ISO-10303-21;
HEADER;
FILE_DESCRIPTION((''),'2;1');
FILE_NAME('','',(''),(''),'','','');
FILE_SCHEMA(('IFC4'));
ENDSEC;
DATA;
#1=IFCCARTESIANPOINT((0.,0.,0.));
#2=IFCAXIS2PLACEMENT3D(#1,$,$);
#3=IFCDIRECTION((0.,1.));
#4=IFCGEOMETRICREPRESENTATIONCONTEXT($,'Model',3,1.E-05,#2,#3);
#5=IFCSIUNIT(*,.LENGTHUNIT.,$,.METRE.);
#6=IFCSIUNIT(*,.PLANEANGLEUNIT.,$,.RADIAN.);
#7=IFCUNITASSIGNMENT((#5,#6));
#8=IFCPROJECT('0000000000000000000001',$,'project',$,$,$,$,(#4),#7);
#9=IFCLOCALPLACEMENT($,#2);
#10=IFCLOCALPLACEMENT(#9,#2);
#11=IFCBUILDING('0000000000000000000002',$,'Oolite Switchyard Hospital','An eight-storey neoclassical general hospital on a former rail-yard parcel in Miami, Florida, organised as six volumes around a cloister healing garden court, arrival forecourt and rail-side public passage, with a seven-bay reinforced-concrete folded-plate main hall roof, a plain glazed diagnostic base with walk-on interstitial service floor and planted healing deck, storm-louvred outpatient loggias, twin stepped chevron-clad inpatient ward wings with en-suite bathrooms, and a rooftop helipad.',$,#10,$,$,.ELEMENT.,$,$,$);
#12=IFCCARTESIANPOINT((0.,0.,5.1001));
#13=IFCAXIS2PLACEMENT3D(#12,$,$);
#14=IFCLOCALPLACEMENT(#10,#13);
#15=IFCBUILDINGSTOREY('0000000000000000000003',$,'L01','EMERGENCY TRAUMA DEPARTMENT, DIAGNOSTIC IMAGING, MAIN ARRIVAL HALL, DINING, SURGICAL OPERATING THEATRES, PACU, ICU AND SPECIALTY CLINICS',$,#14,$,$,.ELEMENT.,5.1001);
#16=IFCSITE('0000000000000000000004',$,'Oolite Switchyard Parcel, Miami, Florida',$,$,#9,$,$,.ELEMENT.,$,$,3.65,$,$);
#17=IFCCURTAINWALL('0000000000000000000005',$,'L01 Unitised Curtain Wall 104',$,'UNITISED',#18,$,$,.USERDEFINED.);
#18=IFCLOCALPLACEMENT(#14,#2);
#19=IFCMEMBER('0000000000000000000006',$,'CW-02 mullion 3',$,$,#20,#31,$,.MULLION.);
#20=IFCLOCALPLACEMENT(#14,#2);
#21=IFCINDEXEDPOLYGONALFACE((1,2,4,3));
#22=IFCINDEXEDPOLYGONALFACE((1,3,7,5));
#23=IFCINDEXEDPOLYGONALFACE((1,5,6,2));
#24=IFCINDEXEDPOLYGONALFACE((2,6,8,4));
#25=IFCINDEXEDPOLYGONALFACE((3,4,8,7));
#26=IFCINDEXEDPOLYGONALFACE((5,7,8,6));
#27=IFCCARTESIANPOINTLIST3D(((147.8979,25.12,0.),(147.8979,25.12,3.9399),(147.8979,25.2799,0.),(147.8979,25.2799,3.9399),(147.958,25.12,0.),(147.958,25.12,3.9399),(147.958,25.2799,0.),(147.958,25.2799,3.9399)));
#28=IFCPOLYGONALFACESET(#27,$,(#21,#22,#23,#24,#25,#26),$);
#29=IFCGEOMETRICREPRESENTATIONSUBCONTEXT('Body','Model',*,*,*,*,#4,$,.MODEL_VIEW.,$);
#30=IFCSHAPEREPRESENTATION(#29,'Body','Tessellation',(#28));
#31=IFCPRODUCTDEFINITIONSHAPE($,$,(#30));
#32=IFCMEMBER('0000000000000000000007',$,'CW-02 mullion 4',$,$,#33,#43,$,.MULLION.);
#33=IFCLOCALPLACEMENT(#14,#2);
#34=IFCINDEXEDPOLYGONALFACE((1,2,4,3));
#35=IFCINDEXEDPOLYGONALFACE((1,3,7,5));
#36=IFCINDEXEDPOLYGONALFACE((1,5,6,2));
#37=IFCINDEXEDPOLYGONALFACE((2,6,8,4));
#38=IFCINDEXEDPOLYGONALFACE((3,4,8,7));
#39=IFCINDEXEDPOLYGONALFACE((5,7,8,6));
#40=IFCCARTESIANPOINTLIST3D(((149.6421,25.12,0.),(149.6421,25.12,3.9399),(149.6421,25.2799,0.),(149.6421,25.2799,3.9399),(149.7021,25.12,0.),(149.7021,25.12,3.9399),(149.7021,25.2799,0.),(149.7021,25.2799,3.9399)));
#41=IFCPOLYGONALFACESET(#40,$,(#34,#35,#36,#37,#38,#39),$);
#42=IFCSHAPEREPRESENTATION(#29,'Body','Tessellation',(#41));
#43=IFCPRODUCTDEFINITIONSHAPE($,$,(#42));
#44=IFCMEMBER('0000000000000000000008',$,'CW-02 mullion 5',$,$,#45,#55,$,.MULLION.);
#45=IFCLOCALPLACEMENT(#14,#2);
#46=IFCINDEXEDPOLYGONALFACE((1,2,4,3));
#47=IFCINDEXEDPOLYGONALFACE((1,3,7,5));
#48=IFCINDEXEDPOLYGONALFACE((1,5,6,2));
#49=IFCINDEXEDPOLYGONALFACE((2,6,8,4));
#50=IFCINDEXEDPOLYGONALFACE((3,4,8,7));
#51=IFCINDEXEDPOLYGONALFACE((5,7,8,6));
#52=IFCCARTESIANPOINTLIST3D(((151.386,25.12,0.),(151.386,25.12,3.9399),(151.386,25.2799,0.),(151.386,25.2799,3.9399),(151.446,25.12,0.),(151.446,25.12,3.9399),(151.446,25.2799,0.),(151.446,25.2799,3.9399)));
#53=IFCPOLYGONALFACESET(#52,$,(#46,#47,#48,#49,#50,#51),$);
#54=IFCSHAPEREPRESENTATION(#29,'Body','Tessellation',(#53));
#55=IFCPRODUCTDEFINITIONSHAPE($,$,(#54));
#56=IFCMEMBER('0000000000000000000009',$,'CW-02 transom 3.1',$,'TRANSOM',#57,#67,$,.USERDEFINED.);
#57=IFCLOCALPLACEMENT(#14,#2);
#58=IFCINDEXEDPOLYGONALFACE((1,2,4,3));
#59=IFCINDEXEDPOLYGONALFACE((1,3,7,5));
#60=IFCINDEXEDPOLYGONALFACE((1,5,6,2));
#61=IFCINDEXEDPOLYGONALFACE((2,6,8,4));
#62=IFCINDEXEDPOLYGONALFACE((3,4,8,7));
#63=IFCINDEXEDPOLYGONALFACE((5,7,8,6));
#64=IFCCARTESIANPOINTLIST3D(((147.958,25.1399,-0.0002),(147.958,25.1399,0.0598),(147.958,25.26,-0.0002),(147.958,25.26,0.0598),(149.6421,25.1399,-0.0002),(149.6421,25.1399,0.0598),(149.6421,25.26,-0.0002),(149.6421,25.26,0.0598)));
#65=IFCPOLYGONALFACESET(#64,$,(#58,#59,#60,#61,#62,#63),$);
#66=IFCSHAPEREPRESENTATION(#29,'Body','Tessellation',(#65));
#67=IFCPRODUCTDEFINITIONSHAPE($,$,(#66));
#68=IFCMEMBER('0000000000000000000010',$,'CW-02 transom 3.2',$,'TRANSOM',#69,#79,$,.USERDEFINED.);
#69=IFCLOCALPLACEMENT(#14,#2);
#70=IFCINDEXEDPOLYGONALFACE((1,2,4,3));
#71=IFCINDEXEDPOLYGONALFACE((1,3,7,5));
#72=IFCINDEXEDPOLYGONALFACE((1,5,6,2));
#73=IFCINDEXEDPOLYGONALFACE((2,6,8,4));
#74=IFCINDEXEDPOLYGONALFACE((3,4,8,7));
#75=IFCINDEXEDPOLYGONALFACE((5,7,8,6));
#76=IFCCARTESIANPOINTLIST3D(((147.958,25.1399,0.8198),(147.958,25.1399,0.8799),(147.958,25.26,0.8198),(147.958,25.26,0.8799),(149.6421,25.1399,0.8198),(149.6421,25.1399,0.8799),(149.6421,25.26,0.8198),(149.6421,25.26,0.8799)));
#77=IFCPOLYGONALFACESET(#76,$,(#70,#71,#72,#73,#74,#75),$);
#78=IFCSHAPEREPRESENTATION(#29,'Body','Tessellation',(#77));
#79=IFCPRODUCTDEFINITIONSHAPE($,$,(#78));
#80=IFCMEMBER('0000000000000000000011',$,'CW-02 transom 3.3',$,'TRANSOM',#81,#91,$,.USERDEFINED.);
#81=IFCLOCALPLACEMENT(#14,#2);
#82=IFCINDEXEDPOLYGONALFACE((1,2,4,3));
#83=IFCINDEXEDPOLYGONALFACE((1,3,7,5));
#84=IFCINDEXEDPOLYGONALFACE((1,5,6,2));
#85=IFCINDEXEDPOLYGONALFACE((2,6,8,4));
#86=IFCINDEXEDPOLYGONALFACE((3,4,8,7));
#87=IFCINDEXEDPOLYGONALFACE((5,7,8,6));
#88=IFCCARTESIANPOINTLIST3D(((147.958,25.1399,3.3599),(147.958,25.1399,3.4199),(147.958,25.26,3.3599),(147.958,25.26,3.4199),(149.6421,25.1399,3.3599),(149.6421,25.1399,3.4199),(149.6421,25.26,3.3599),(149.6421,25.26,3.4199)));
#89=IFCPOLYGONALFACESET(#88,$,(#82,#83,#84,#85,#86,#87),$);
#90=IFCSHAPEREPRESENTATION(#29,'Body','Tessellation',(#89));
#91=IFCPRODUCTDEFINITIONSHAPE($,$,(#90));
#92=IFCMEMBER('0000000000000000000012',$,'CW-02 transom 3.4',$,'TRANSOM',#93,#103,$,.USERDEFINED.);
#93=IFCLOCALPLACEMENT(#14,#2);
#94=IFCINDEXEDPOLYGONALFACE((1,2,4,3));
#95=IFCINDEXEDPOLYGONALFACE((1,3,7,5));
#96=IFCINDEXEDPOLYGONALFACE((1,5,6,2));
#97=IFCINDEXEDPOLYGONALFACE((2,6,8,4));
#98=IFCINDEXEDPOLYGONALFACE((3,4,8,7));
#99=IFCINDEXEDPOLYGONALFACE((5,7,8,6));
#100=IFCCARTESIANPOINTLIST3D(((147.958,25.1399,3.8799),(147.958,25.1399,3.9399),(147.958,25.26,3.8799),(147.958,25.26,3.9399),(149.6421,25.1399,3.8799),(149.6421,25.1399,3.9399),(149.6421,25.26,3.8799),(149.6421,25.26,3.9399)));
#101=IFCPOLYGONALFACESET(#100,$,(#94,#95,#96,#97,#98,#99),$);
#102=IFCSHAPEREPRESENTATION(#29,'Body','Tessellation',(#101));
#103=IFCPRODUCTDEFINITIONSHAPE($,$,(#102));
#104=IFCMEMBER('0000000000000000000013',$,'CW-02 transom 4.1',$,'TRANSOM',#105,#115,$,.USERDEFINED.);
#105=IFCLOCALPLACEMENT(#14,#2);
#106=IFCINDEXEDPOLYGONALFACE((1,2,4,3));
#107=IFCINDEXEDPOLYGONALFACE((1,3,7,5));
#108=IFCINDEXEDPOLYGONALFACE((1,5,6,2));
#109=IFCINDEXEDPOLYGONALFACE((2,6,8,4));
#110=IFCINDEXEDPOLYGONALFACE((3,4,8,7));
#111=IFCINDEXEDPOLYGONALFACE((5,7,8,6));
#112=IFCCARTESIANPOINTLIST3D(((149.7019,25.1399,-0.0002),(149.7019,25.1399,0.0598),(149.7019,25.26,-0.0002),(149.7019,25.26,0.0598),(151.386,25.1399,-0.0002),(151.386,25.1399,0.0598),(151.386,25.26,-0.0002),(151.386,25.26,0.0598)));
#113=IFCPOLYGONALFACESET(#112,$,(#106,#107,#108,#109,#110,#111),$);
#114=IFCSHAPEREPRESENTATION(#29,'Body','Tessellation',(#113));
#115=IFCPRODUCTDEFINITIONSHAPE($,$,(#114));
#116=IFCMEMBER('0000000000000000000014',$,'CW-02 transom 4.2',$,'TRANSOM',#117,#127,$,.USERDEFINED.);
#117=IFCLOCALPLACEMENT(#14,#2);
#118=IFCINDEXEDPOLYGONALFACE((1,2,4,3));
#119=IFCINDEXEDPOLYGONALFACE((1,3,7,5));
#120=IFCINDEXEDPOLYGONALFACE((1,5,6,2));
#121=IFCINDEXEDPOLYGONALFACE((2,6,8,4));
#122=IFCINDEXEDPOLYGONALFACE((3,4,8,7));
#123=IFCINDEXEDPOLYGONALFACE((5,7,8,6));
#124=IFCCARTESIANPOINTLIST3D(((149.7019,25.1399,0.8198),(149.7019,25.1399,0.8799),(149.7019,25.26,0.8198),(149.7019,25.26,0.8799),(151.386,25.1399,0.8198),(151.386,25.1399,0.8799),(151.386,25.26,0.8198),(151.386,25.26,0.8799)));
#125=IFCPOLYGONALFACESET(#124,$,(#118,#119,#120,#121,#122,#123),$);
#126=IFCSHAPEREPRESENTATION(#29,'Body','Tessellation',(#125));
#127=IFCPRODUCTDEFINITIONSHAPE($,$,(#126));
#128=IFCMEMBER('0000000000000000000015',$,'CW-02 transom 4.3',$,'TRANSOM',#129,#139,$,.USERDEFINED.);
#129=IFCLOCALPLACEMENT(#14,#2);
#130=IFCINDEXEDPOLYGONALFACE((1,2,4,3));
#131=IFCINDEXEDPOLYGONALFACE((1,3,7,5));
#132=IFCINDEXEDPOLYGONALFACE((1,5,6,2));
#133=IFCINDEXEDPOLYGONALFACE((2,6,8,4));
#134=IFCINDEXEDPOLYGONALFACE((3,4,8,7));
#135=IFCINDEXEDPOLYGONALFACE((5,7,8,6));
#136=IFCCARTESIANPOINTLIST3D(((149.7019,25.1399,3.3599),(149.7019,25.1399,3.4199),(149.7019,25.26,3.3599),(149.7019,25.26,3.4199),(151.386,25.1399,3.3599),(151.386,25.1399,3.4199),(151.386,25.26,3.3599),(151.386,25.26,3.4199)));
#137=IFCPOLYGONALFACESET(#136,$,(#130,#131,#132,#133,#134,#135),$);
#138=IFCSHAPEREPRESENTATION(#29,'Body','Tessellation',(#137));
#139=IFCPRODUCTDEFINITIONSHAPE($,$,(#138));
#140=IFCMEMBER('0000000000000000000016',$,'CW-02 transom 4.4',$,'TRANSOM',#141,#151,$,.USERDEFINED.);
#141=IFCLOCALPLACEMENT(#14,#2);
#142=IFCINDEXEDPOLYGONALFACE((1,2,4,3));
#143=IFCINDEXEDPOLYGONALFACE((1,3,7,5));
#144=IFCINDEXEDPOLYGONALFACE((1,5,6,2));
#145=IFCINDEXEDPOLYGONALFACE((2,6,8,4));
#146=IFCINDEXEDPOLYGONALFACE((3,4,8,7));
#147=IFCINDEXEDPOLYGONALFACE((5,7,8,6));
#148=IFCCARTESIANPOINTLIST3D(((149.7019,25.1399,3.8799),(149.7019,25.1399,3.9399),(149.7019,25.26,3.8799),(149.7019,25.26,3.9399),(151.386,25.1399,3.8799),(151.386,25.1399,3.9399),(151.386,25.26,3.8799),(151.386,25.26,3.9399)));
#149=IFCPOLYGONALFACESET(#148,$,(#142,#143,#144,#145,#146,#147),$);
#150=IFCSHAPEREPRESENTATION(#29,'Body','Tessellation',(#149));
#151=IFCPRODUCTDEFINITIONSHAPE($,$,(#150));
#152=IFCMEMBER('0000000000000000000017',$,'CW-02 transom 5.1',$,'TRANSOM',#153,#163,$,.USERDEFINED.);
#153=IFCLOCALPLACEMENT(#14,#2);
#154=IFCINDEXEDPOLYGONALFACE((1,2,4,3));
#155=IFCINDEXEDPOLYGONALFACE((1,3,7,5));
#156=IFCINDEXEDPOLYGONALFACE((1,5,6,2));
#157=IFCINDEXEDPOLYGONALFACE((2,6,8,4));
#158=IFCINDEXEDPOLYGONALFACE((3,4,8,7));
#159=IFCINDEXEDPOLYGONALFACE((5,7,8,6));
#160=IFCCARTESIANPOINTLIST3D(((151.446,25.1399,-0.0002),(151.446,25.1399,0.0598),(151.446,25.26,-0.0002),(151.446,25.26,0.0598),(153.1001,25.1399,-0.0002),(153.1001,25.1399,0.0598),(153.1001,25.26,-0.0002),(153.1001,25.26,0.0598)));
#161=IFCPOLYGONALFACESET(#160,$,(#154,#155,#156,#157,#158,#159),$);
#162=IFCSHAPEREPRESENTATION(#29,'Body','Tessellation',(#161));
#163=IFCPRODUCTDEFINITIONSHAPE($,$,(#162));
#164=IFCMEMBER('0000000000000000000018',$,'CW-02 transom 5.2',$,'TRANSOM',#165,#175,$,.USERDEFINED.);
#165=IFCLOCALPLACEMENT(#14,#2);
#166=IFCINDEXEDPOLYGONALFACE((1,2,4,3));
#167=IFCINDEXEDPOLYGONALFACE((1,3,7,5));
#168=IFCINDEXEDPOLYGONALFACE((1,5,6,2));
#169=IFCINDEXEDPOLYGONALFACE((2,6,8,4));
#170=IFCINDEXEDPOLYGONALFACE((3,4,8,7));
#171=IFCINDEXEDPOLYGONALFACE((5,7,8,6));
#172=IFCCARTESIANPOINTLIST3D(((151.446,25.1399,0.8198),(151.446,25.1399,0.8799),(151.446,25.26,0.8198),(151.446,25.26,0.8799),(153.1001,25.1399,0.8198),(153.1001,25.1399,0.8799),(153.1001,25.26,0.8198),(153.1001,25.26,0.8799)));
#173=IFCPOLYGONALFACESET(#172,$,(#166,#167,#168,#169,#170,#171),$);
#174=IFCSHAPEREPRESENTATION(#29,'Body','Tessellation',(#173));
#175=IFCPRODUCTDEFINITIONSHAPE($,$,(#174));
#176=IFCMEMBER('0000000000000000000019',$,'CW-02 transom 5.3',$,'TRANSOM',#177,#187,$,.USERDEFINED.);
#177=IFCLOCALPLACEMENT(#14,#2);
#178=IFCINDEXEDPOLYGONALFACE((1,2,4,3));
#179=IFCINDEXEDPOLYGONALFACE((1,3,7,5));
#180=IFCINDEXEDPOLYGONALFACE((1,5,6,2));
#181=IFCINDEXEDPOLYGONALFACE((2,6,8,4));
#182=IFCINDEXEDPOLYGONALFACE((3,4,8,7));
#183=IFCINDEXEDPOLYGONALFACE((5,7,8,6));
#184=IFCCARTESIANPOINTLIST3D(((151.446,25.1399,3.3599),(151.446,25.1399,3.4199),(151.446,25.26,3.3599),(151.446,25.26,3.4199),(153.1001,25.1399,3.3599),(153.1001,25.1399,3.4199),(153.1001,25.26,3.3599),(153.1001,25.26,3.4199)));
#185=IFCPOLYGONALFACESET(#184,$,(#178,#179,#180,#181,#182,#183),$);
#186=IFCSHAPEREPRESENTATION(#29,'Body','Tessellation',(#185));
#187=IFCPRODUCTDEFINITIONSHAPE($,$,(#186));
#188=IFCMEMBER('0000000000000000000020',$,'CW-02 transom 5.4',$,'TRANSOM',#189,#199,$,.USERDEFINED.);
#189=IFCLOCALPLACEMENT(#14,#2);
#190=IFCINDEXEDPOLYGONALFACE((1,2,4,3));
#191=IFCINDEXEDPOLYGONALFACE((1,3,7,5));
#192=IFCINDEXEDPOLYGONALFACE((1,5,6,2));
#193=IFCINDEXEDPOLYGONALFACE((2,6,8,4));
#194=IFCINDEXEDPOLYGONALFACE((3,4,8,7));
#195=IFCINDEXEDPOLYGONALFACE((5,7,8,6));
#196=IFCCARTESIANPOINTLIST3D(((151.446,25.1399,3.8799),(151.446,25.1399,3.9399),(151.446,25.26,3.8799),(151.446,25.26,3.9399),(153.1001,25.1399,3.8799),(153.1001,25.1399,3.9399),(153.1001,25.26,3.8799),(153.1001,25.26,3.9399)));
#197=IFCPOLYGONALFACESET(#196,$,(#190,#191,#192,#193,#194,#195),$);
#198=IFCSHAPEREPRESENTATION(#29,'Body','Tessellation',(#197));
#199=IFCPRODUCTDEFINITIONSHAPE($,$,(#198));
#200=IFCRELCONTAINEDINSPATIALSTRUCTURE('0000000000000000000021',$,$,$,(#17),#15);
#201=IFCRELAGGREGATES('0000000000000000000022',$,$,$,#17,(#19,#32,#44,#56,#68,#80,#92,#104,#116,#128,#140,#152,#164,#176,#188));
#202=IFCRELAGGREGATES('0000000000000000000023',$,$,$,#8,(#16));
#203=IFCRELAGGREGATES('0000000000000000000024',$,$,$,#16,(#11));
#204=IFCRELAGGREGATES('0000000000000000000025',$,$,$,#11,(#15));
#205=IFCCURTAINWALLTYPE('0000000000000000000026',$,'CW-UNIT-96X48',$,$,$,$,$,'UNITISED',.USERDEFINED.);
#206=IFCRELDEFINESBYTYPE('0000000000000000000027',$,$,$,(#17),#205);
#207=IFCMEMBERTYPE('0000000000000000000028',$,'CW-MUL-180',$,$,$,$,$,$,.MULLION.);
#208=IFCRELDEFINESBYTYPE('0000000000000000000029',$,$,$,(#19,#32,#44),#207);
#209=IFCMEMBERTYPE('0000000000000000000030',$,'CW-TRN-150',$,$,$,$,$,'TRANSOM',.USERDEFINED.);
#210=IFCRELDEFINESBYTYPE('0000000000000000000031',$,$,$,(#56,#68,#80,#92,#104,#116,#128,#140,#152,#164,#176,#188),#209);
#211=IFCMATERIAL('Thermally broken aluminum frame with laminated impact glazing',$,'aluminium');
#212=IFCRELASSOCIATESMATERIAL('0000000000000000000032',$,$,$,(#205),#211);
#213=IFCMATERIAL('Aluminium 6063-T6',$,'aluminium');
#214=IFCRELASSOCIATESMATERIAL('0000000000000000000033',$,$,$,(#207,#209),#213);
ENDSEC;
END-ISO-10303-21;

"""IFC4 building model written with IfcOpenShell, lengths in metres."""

from ifc_helpers import new_model, si_unit, direction, frame, origin, origin_2d, place, context, subcontext, project, spatial, rectangle, extrude, material, material_profile, profile_set, type_object, element, aggregate, save


model = new_model("IFC4")

# Units and contexts
model_context = context("Model", 3, precision=1e-05, world=origin(), true_north=direction((0.0, 1.0)))
body_context = subcontext(model_context, "Body", "Model", "MODEL_VIEW")
ifc_project = project(units=[si_unit("LENGTHUNIT", "METRE"), si_unit("PLANEANGLEUNIT", "RADIAN")], contexts=[model_context])

# Site, building, storey
site_placement = place(None, origin())
site = spatial("IfcSite", under=ifc_project, at=site_placement, Name="Oolite Switchyard Parcel, Miami, Florida", CompositionType="ELEMENT", RefElevation=3.65)
building_placement = place(site_placement, origin())
building = spatial("IfcBuilding", under=site, at=building_placement, Name="Oolite Switchyard Hospital", Description="An eight-storey neoclassical general hospital on a former rail-yard parcel in Miami, Florida, organised as six volumes around a cloister healing garden court, arrival forecourt and rail-side public passage, with a seven-bay reinforced-concrete folded-plate main hall roof, a plain glazed diagnostic base with walk-on interstitial service floor and planted healing deck, storm-louvred outpatient loggias, twin stepped chevron-clad inpatient ward wings with en-suite bathrooms, and a rooftop helipad.", CompositionType="ELEMENT")
storey_placement = place(building_placement, frame((0.0, 0.0, 5.1001)))
storey = spatial("IfcBuildingStorey", under=building, at=storey_placement, Name="L01", Description="EMERGENCY TRAUMA DEPARTMENT, DIAGNOSTIC IMAGING, MAIN ARRIVAL HALL, DINING, SURGICAL OPERATING THEATRES, PACU, ICU AND SPECIALTY CLINICS", CompositionType="ELEMENT", Elevation=5.1001)

# Curtain wall, members
ifc_material_1 = material(Name="Thermally broken aluminum frame with laminated impact glazing", Category="aluminium")
curtain_wall_type = type_object("IfcCurtainWallType", Name="CW-UNIT-96X48", ElementType="UNITISED", PredefinedType="USERDEFINED", material=ifc_material_1)
curtain_wall_placement = place(storey_placement, origin())
curtain_wall = element("IfcCurtainWall", 1, at=curtain_wall_placement, inside=storey, type_object=curtain_wall_type, Name="L01 Unitised Curtain Wall 104", ObjectType="UNITISED", PredefinedType="USERDEFINED")
ifc_material_2 = material(Name="Aluminium 6063-T6", Category="aluminium")
ifc_material_profile_1 = material_profile(ifc_material_2, rectangle(XDim=0.1599, YDim=0.0601, at=origin_2d()), Name="CWM60X160")
ifc_profile_set_1 = profile_set([ifc_material_profile_1], Name="Aluminium 6063-T6")
member_type_1 = type_object("IfcMemberType", Name="CW-MUL-180", PredefinedType="MULLION", material=ifc_profile_set_1)
member_1_placement = place(storey_placement, frame((147.928, 25.2, 0.0), z_axis=(0.0, 0.0, 1.0), x_axis=(0.0, 1.0, 0.0)))
member_1 = element("IfcMember", 2, at=member_1_placement, type_object=member_type_1, Name="CW-02 mullion 3", PredefinedType="MULLION", context=body_context, shape_type="SweptSolid", body=[
    extrude(rectangle(XDim=0.1599, YDim=0.0601, at=origin_2d()), origin(), (0.0, 0.0, 1.0), 3.9399),
])
member_2_placement = place(storey_placement, frame((149.6721, 25.2, 0.0), z_axis=(0.0, 0.0, 1.0), x_axis=(0.0, 1.0, 0.0)))
member_2 = element("IfcMember", 3, at=member_2_placement, type_object=member_type_1, Name="CW-02 mullion 4", PredefinedType="MULLION", context=body_context, shape_type="SweptSolid", body=[
    extrude(rectangle(XDim=0.1599, YDim=0.0601, at=origin_2d()), origin(), (0.0, 0.0, 1.0), 3.9399),
])
member_3_placement = place(storey_placement, frame((151.416, 25.2, 0.0), z_axis=(0.0, 0.0, 1.0), x_axis=(0.0, 1.0, 0.0)))
member_3 = element("IfcMember", 4, at=member_3_placement, type_object=member_type_1, Name="CW-02 mullion 5", PredefinedType="MULLION", context=body_context, shape_type="SweptSolid", body=[
    extrude(rectangle(XDim=0.1599, YDim=0.0601, at=origin_2d()), origin(), (0.0, 0.0, 1.0), 3.9399),
])
ifc_material_profile_2 = material_profile(ifc_material_2, rectangle(XDim=0.1201, YDim=0.0601, at=origin_2d()), Name="CWT60X120")
ifc_profile_set_2 = profile_set([ifc_material_profile_2], Name="Aluminium 6063-T6")
member_type_2 = type_object("IfcMemberType", Name="CW-TRN-150", ElementType="TRANSOM", PredefinedType="USERDEFINED", material=ifc_profile_set_2)
member_4_placement = place(storey_placement, frame((147.958, 25.2, 0.0298), z_axis=(1.0, 0.0, 0.0), x_axis=(0.0, 1.0, 0.0)))
member_4 = element("IfcMember", 5, at=member_4_placement, type_object=member_type_2, Name="CW-02 transom 3.1", ObjectType="TRANSOM", PredefinedType="USERDEFINED", context=body_context, shape_type="SweptSolid", body=[
    extrude(rectangle(XDim=0.1201, YDim=0.0601, at=origin_2d()), origin(), (0.0, 0.0, 1.0), 1.6841),
])
member_5_placement = place(storey_placement, frame((147.958, 25.2, 0.8499), z_axis=(1.0, 0.0, 0.0), x_axis=(0.0, 1.0, 0.0)))
member_5 = element("IfcMember", 6, at=member_5_placement, type_object=member_type_2, Name="CW-02 transom 3.2", ObjectType="TRANSOM", PredefinedType="USERDEFINED", context=body_context, shape_type="SweptSolid", body=[
    extrude(rectangle(XDim=0.1201, YDim=0.0601, at=origin_2d()), origin(), (0.0, 0.0, 1.0), 1.6841),
])
member_6_placement = place(storey_placement, frame((147.958, 25.2, 3.3899), z_axis=(1.0, 0.0, 0.0), x_axis=(0.0, 1.0, 0.0)))
member_6 = element("IfcMember", 7, at=member_6_placement, type_object=member_type_2, Name="CW-02 transom 3.3", ObjectType="TRANSOM", PredefinedType="USERDEFINED", context=body_context, shape_type="SweptSolid", body=[
    extrude(rectangle(XDim=0.1201, YDim=0.0601, at=origin_2d()), origin(), (0.0, 0.0, 1.0), 1.6841),
])
member_7_placement = place(storey_placement, frame((147.958, 25.2, 3.9099), z_axis=(1.0, 0.0, 0.0), x_axis=(0.0, 1.0, 0.0)))
member_7 = element("IfcMember", 8, at=member_7_placement, type_object=member_type_2, Name="CW-02 transom 3.4", ObjectType="TRANSOM", PredefinedType="USERDEFINED", context=body_context, shape_type="SweptSolid", body=[
    extrude(rectangle(XDim=0.1201, YDim=0.0601, at=origin_2d()), origin(), (0.0, 0.0, 1.0), 1.6841),
])
member_8_placement = place(storey_placement, frame((149.7019, 25.2, 0.0298), z_axis=(1.0, 0.0, 0.0), x_axis=(0.0, 1.0, 0.0)))
member_8 = element("IfcMember", 9, at=member_8_placement, type_object=member_type_2, Name="CW-02 transom 4.1", ObjectType="TRANSOM", PredefinedType="USERDEFINED", context=body_context, shape_type="SweptSolid", body=[
    extrude(rectangle(XDim=0.1201, YDim=0.0601, at=origin_2d()), origin(), (0.0, 0.0, 1.0), 1.6841),
])
member_9_placement = place(storey_placement, frame((149.7019, 25.2, 0.8499), z_axis=(1.0, 0.0, 0.0), x_axis=(0.0, 1.0, 0.0)))
member_9 = element("IfcMember", 10, at=member_9_placement, type_object=member_type_2, Name="CW-02 transom 4.2", ObjectType="TRANSOM", PredefinedType="USERDEFINED", context=body_context, shape_type="SweptSolid", body=[
    extrude(rectangle(XDim=0.1201, YDim=0.0601, at=origin_2d()), origin(), (0.0, 0.0, 1.0), 1.6841),
])
member_10_placement = place(storey_placement, frame((149.7019, 25.2, 3.3899), z_axis=(1.0, 0.0, 0.0), x_axis=(0.0, 1.0, 0.0)))
member_10 = element("IfcMember", 11, at=member_10_placement, type_object=member_type_2, Name="CW-02 transom 4.3", ObjectType="TRANSOM", PredefinedType="USERDEFINED", context=body_context, shape_type="SweptSolid", body=[
    extrude(rectangle(XDim=0.1201, YDim=0.0601, at=origin_2d()), origin(), (0.0, 0.0, 1.0), 1.6841),
])
member_11_placement = place(storey_placement, frame((149.7019, 25.2, 3.9099), z_axis=(1.0, 0.0, 0.0), x_axis=(0.0, 1.0, 0.0)))
member_11 = element("IfcMember", 12, at=member_11_placement, type_object=member_type_2, Name="CW-02 transom 4.4", ObjectType="TRANSOM", PredefinedType="USERDEFINED", context=body_context, shape_type="SweptSolid", body=[
    extrude(rectangle(XDim=0.1201, YDim=0.0601, at=origin_2d()), origin(), (0.0, 0.0, 1.0), 1.6841),
])
member_12_placement = place(storey_placement, frame((151.446, 25.2, 0.0298), z_axis=(1.0, 0.0, 0.0), x_axis=(0.0, 1.0, 0.0)))
member_12 = element("IfcMember", 13, at=member_12_placement, type_object=member_type_2, Name="CW-02 transom 5.1", ObjectType="TRANSOM", PredefinedType="USERDEFINED", context=body_context, shape_type="SweptSolid", body=[
    extrude(rectangle(XDim=0.1201, YDim=0.0601, at=origin_2d()), origin(), (0.0, 0.0, 1.0), 1.6541),
])
member_13_placement = place(storey_placement, frame((151.446, 25.2, 0.8499), z_axis=(1.0, 0.0, 0.0), x_axis=(0.0, 1.0, 0.0)))
member_13 = element("IfcMember", 14, at=member_13_placement, type_object=member_type_2, Name="CW-02 transom 5.2", ObjectType="TRANSOM", PredefinedType="USERDEFINED", context=body_context, shape_type="SweptSolid", body=[
    extrude(rectangle(XDim=0.1201, YDim=0.0601, at=origin_2d()), origin(), (0.0, 0.0, 1.0), 1.6541),
])
member_14_placement = place(storey_placement, frame((151.446, 25.2, 3.3899), z_axis=(1.0, 0.0, 0.0), x_axis=(0.0, 1.0, 0.0)))
member_14 = element("IfcMember", 15, at=member_14_placement, type_object=member_type_2, Name="CW-02 transom 5.3", ObjectType="TRANSOM", PredefinedType="USERDEFINED", context=body_context, shape_type="SweptSolid", body=[
    extrude(rectangle(XDim=0.1201, YDim=0.0601, at=origin_2d()), origin(), (0.0, 0.0, 1.0), 1.6541),
])
member_15_placement = place(storey_placement, frame((151.446, 25.2, 3.9099), z_axis=(1.0, 0.0, 0.0), x_axis=(0.0, 1.0, 0.0)))
member_15 = element("IfcMember", 16, at=member_15_placement, type_object=member_type_2, Name="CW-02 transom 5.4", ObjectType="TRANSOM", PredefinedType="USERDEFINED", context=body_context, shape_type="SweptSolid", body=[
    extrude(rectangle(XDim=0.1201, YDim=0.0601, at=origin_2d()), origin(), (0.0, 0.0, 1.0), 1.6541),
])
aggregate(curtain_wall, [member_1, member_2, member_3, member_4, member_5, member_6, member_7, member_8, member_9, member_10, member_11, member_12, member_13, member_14, member_15])

save(model, "model.ifc")
